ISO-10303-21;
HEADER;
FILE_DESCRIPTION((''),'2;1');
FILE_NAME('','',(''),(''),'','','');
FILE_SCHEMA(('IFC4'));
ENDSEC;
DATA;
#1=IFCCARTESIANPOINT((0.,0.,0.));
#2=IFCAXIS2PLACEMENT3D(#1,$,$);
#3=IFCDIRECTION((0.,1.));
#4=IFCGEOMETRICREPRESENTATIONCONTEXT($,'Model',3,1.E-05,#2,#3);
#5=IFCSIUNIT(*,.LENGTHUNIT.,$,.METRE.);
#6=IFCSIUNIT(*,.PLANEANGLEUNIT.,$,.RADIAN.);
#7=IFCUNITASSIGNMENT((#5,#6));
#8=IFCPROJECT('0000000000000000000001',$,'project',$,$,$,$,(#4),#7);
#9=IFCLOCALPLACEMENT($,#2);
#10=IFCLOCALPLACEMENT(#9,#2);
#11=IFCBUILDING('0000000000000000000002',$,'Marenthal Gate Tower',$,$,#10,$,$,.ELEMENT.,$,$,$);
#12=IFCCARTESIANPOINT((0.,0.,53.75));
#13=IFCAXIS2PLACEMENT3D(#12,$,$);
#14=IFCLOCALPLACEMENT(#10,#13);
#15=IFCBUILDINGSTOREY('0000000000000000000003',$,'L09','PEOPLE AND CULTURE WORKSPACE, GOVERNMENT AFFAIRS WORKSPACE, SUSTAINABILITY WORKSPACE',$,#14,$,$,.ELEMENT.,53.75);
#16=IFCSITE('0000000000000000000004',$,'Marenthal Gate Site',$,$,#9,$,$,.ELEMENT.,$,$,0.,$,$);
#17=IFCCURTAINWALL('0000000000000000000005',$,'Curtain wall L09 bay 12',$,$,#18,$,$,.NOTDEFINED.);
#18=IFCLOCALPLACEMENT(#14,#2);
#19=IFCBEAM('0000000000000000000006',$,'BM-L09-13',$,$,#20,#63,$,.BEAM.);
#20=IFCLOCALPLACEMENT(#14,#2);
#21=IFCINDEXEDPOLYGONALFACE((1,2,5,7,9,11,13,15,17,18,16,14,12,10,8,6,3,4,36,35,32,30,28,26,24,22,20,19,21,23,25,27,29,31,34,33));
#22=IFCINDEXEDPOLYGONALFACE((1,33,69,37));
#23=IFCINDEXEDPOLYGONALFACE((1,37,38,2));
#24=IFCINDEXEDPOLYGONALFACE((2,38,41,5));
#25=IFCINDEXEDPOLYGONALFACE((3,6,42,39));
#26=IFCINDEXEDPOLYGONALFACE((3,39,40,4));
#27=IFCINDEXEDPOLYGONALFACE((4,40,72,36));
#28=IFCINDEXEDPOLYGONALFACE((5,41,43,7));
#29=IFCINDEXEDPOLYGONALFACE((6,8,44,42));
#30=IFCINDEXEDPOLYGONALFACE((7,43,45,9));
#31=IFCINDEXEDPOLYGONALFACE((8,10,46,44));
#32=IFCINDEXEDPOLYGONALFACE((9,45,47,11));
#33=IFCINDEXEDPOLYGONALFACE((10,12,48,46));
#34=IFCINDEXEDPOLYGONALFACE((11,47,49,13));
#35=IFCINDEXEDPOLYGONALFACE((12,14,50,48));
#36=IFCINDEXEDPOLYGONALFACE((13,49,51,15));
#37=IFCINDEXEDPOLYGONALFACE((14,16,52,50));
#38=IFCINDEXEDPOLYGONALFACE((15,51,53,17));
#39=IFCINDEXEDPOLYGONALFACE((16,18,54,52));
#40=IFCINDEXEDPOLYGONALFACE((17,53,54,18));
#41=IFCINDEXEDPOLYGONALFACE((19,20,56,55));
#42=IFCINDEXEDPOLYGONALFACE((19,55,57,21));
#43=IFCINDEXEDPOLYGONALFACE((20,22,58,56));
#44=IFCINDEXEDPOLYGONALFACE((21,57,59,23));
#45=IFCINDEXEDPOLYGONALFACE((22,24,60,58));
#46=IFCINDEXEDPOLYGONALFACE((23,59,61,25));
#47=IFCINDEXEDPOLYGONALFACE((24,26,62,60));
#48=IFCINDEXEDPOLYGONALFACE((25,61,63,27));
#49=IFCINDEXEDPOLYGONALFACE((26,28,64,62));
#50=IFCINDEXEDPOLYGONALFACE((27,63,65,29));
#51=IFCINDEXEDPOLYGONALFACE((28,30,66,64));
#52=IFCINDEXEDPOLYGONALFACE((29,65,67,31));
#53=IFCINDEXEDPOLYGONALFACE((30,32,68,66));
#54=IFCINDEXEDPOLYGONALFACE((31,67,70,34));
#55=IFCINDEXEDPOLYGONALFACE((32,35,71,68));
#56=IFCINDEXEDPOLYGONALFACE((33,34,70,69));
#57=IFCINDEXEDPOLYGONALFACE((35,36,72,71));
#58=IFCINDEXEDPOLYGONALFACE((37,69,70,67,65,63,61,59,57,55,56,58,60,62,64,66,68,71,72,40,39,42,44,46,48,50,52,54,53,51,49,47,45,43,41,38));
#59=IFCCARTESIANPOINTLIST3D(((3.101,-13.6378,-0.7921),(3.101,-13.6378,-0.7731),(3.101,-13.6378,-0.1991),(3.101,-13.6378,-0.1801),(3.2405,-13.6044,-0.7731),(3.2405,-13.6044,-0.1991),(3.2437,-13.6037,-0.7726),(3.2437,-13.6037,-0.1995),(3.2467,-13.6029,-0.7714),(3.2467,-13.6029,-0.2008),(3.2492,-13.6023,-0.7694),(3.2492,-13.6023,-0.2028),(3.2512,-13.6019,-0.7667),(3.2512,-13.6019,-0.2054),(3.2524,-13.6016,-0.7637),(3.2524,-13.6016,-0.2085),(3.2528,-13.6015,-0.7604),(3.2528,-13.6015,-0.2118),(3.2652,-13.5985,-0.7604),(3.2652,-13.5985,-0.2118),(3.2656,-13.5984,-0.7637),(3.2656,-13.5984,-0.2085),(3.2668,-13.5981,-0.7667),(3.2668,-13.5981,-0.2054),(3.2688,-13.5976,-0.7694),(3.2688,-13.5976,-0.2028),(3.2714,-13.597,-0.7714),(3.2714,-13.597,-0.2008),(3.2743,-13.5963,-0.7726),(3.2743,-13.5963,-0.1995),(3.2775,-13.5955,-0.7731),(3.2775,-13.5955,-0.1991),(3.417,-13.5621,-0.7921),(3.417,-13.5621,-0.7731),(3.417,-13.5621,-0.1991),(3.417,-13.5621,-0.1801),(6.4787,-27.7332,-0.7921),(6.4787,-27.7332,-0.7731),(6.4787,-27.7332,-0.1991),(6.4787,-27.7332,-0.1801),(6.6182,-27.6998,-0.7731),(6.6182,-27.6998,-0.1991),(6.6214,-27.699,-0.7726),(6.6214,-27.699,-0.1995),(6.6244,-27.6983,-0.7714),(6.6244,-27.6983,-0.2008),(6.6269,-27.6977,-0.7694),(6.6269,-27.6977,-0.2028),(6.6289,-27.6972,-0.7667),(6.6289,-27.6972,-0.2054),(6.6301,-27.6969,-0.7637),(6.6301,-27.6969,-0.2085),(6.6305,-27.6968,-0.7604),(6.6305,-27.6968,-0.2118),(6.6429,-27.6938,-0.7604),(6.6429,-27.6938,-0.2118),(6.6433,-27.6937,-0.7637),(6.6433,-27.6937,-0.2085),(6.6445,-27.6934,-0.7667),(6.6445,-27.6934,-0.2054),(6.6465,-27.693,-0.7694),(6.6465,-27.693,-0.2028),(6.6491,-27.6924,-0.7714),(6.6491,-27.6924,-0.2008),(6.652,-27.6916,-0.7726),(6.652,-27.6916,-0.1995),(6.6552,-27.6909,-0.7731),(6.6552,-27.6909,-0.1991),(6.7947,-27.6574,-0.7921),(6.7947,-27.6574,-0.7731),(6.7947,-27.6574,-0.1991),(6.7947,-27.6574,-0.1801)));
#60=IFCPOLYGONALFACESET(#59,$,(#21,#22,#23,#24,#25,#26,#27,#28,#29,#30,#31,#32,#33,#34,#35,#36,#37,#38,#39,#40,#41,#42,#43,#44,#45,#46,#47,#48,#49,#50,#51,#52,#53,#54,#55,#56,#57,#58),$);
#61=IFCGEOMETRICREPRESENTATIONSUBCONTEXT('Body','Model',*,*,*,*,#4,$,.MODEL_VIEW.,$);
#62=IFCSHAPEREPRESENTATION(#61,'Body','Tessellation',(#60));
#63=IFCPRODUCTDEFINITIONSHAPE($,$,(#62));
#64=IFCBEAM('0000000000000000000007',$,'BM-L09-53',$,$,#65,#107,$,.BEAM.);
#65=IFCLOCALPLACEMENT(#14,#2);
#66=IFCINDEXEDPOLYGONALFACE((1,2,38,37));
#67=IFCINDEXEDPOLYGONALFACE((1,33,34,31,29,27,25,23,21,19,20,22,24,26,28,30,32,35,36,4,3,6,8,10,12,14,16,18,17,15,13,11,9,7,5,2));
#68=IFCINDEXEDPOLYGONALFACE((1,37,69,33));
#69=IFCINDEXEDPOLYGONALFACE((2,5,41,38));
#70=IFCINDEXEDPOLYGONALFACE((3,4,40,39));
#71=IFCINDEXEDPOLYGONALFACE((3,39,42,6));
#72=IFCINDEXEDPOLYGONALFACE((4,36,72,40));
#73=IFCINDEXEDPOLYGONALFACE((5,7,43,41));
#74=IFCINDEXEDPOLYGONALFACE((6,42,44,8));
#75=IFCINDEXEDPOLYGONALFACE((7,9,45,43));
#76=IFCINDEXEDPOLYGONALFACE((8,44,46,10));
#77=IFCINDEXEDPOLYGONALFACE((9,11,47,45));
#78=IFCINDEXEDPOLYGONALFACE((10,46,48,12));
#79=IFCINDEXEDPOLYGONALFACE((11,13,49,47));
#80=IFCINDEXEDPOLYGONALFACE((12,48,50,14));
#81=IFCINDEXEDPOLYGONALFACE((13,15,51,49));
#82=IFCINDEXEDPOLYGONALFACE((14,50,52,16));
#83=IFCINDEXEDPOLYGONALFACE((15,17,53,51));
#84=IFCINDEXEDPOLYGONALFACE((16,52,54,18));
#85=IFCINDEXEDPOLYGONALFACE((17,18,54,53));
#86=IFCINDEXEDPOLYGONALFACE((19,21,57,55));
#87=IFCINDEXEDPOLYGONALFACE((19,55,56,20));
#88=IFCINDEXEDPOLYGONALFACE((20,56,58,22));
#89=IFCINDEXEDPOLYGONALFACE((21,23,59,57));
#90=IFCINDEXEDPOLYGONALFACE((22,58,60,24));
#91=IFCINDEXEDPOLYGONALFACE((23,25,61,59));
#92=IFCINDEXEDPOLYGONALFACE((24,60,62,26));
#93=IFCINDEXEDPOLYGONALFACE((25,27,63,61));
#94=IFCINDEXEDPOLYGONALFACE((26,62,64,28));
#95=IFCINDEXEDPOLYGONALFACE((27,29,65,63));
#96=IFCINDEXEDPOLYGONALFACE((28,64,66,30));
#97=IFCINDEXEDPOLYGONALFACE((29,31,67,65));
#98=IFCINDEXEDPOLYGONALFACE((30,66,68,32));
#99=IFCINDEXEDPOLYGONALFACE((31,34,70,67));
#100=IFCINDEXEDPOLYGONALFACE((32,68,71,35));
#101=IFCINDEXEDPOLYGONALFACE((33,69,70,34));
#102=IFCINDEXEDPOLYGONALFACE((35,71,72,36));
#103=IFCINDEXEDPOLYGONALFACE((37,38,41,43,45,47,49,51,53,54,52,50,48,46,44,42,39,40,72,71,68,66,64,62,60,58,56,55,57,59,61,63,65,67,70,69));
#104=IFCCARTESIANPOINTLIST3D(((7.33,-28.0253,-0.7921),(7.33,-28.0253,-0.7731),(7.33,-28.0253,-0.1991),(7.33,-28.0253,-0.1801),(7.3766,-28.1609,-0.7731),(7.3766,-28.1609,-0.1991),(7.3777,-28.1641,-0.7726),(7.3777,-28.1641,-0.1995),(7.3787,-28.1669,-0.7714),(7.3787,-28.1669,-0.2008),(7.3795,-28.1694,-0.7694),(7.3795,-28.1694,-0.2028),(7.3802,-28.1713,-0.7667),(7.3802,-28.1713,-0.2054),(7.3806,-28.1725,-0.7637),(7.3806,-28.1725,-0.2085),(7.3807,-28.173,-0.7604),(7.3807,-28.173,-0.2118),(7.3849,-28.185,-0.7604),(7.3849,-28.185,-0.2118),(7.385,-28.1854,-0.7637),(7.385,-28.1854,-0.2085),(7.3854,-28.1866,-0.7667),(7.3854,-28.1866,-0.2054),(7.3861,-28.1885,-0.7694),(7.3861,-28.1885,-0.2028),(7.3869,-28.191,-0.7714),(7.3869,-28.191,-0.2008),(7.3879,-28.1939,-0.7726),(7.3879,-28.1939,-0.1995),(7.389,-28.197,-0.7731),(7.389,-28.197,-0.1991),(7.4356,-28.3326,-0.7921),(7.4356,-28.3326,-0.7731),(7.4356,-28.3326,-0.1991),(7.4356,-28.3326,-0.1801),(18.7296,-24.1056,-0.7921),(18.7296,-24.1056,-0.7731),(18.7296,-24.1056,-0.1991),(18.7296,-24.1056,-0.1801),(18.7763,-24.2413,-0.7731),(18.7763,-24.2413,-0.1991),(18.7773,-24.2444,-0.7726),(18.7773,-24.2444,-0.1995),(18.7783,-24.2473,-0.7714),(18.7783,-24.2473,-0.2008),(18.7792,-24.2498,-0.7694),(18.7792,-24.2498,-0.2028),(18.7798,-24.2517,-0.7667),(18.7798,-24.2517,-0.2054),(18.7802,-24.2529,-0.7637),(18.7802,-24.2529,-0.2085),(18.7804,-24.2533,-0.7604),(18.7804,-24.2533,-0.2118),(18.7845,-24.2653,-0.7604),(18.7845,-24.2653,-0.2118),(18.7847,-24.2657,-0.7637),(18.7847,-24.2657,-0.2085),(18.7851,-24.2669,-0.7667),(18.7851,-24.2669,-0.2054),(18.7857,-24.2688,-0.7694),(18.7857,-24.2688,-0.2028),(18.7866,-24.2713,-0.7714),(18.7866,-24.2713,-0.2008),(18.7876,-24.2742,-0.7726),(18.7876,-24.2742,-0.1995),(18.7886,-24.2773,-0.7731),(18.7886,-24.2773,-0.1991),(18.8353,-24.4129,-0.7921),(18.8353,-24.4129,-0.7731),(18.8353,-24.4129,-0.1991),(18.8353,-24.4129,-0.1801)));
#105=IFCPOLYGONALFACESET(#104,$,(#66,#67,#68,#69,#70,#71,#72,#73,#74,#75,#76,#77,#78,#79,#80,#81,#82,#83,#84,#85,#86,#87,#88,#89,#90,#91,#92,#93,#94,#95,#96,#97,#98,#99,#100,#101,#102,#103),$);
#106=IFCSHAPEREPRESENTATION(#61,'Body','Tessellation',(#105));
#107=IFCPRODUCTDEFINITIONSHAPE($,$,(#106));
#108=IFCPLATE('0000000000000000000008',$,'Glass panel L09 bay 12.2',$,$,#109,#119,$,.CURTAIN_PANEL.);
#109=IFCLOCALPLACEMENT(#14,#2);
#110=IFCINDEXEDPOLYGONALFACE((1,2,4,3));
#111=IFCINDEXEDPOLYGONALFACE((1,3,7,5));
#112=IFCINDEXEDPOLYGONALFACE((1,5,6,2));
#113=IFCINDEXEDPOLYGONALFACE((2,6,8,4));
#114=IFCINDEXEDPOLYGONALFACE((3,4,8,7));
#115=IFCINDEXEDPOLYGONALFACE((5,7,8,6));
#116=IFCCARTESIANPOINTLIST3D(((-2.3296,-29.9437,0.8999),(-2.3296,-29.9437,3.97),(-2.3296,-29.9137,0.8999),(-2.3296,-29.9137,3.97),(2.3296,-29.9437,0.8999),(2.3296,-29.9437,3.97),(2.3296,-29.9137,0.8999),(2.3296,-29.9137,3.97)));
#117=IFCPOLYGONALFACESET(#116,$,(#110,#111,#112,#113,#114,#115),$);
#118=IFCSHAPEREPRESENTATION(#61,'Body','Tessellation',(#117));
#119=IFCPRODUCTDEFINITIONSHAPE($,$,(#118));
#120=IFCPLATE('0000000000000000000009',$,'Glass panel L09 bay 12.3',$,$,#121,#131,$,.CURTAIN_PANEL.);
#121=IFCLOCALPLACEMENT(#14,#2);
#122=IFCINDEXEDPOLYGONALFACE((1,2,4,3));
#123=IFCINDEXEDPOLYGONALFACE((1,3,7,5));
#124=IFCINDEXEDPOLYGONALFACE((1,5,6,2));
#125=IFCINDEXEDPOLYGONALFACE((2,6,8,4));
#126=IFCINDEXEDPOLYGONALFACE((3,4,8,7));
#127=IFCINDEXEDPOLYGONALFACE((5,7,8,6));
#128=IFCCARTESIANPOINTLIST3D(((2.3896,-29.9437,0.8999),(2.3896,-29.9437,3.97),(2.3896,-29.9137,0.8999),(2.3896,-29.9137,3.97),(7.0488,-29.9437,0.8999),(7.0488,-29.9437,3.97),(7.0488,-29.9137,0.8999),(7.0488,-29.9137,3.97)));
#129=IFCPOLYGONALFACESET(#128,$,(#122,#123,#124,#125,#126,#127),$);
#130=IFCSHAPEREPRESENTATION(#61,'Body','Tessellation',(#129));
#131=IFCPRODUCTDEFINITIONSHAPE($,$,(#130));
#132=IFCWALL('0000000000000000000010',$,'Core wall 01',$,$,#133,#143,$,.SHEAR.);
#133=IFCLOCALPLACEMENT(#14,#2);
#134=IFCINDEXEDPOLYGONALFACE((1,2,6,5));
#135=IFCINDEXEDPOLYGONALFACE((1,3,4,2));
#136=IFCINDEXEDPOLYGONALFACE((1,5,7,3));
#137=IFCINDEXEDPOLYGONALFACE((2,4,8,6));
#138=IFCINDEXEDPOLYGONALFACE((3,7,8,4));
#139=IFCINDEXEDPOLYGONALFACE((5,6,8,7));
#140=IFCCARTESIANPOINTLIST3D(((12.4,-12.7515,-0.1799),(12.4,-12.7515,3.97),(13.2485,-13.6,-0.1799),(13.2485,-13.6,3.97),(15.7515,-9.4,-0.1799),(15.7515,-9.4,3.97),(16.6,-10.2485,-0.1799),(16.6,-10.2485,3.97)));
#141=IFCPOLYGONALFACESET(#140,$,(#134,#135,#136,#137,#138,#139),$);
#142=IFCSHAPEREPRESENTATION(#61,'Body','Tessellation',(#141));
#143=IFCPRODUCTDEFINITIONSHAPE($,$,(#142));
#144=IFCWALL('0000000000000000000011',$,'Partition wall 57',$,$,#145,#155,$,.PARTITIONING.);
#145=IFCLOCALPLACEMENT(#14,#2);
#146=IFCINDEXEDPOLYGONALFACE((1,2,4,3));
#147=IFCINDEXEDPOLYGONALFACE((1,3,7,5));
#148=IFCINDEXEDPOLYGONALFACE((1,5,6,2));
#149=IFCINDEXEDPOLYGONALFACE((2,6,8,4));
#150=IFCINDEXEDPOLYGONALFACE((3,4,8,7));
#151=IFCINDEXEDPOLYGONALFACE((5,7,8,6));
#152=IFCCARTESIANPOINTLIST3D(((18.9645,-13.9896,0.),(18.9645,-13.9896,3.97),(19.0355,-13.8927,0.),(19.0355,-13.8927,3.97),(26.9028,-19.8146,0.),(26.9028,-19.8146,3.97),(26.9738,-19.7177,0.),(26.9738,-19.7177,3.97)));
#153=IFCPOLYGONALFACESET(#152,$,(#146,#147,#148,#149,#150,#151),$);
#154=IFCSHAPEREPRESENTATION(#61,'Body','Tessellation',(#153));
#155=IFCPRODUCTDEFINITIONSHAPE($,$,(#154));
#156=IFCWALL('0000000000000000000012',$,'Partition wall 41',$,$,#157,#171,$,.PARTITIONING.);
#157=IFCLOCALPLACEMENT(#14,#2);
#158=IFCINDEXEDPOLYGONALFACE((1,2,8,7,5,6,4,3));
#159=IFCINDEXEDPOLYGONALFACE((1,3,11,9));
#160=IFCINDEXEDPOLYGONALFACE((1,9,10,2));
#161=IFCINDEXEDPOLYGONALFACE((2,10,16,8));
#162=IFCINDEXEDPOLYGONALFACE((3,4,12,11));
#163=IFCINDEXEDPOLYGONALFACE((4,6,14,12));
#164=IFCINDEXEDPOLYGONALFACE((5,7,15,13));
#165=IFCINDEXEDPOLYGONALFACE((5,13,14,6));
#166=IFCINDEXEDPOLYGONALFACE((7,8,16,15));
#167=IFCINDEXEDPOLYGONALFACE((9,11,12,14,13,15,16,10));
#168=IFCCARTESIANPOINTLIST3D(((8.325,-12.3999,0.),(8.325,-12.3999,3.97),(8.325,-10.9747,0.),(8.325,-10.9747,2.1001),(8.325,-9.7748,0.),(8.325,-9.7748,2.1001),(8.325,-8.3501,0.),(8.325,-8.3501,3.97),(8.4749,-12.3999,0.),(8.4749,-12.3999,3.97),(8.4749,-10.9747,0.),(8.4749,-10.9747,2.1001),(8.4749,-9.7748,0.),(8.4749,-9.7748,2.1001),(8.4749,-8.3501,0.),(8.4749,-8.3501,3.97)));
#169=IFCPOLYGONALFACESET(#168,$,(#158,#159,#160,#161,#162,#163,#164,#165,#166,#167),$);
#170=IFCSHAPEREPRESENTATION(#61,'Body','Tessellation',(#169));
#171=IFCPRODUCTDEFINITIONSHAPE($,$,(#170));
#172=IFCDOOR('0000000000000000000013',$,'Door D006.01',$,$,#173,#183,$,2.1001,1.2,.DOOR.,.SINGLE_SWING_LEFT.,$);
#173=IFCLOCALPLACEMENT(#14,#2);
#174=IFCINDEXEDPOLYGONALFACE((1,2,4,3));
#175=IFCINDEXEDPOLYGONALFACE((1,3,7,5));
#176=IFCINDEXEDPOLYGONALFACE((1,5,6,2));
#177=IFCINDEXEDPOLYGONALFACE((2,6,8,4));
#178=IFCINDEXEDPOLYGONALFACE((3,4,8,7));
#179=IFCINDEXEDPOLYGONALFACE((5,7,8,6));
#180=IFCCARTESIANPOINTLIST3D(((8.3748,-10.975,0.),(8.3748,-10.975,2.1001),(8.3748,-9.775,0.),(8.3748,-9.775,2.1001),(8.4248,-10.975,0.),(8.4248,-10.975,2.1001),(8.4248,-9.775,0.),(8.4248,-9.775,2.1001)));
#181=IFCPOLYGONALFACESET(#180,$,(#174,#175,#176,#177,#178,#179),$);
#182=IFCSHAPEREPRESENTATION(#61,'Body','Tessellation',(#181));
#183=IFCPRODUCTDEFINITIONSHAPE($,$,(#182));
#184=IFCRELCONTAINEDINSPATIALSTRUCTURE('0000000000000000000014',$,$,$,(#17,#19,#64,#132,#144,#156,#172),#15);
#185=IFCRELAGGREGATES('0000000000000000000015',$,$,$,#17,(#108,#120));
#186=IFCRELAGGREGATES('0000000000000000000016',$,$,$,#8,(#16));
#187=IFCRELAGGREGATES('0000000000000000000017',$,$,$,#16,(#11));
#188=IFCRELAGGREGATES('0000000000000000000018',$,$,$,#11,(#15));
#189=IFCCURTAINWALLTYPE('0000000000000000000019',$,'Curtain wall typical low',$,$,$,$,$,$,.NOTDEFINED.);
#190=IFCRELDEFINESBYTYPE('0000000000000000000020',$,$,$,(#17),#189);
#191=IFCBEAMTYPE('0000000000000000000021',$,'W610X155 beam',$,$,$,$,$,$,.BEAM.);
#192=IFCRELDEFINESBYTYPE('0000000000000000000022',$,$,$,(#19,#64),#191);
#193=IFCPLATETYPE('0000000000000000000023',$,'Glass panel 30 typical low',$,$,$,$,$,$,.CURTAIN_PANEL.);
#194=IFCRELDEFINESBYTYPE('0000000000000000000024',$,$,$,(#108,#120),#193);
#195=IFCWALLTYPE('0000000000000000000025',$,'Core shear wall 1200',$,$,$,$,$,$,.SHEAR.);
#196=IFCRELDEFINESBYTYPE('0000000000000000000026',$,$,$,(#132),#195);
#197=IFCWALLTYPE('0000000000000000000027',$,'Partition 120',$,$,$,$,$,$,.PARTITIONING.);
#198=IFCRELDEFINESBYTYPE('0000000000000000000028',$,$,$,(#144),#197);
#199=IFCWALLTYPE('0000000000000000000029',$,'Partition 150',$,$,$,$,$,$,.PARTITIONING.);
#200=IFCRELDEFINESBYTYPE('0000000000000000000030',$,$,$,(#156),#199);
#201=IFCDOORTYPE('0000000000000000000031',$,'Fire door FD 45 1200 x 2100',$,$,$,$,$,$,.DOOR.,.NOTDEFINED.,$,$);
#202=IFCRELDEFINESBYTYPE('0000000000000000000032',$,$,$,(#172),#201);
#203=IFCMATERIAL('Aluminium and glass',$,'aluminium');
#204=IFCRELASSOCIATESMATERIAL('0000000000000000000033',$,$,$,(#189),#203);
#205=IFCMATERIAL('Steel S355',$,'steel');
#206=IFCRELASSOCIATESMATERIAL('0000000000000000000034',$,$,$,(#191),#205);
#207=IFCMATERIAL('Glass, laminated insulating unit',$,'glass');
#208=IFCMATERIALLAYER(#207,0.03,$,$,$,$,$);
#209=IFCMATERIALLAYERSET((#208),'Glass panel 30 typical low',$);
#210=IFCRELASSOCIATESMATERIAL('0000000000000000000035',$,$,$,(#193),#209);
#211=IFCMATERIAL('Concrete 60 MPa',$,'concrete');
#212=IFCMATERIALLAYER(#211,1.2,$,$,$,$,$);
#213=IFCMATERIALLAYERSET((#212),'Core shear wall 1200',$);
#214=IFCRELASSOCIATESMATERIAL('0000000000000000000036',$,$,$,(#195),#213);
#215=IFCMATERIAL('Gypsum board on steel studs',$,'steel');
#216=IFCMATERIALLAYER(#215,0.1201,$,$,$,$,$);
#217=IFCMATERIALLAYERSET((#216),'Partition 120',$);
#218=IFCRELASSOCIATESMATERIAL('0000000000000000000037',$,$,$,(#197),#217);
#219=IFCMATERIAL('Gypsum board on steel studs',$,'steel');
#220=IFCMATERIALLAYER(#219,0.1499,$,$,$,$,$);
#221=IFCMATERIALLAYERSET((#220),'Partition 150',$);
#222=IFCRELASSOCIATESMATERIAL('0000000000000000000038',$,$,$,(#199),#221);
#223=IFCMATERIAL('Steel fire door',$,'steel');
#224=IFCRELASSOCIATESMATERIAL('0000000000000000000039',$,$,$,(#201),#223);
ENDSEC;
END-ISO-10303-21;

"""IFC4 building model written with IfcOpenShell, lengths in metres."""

from ifc_helpers import new_model, si_unit, direction, frame, frame_2d, origin, origin_2d, place, context, subcontext, project, spatial, rectangle, i_section, extrude, material, layer, layer_set, material_profile, profile_set, type_object, element, fill, aggregate, save


model = new_model("IFC4")

# Units and contexts
model_context = context("Model", 3, precision=1e-05, world=origin(), true_north=direction((0.0, 1.0)))
body_context = subcontext(model_context, "Body", "Model", "MODEL_VIEW")
ifc_project = project(units=[si_unit("LENGTHUNIT", "METRE"), si_unit("PLANEANGLEUNIT", "RADIAN")], contexts=[model_context])

# Site, building, storey
site_placement = place(None, origin())
site = spatial("IfcSite", under=ifc_project, at=site_placement, Name="Marenthal Gate Site", CompositionType="ELEMENT", RefElevation=0.0)
building_placement = place(site_placement, origin())
building = spatial("IfcBuilding", under=site, at=building_placement, Name="Marenthal Gate Tower", CompositionType="ELEMENT")
storey_placement = place(building_placement, frame((0.0, 0.0, 53.75)))
storey = spatial("IfcBuildingStorey", under=building, at=storey_placement, Name="L09", Description="PEOPLE AND CULTURE WORKSPACE, GOVERNMENT AFFAIRS WORKSPACE, SUSTAINABILITY WORKSPACE", CompositionType="ELEMENT", Elevation=53.75)

# Curtain wall
ifc_material_1 = material(Name="Aluminium and glass", Category="aluminium")
curtain_wall_type = type_object("IfcCurtainWallType", Name="Curtain wall typical low", PredefinedType="NOTDEFINED", material=ifc_material_1)
curtain_wall_placement = place(storey_placement, origin())
curtain_wall = element("IfcCurtainWall", 1, at=curtain_wall_placement, inside=storey, type_object=curtain_wall_type, Name="Curtain wall L09 bay 12", PredefinedType="NOTDEFINED")

# Beams
ifc_material_2 = material(Name="Steel S355", Category="steel")
ifc_material_profile_1 = material_profile(ifc_material_2, i_section(OverallWidth=0.325, OverallDepth=0.6121, WebThickness=0.0127, FlangeThickness=0.019, FilletRadius=0.0127, at=origin_2d()), Name="W610X155")
ifc_profile_set_1 = profile_set([ifc_material_profile_1], Name="Steel S355")
beam_type_1 = type_object("IfcBeamType", Name="W610X155 beam", PredefinedType="BEAM", material=ifc_profile_set_1)
beam_1_placement = place(storey_placement, frame((6.6367, -27.6953, -0.4861), z_axis=(-0.233036, 0.972468, 0.0), x_axis=(-0.972468, -0.233036, 0.0)))
element("IfcBeam", 2, at=beam_1_placement, inside=storey, type_object=beam_type_1, Name="BM-L09-13", PredefinedType="BEAM", context=body_context, shape_type="SweptSolid", body=[
    extrude(i_section(OverallWidth=0.325, OverallDepth=0.6121, WebThickness=0.0127, FlangeThickness=0.019, FilletRadius=0.0127, at=origin_2d()), origin(), (0.0, 0.0, 1.0), 14.4944),
])
beam_2_placement = place(storey_placement, frame((7.3828, -28.179, -0.4861), z_axis=(0.94566, 0.325157, 0.0), x_axis=(-0.325157, 0.94566, 0.0)))
element("IfcBeam", 3, at=beam_2_placement, inside=storey, type_object=beam_type_1, Name="BM-L09-53", PredefinedType="BEAM", context=body_context, shape_type="SweptSolid", body=[
    extrude(i_section(OverallWidth=0.325, OverallDepth=0.6121, WebThickness=0.0127, FlangeThickness=0.019, FilletRadius=0.0127, at=origin_2d()), origin(), (0.0, 0.0, 1.0), 12.0547),
])

# Plates
ifc_material_3 = material(Name="Glass, laminated insulating unit", Category="glass")
ifc_layer_1 = layer(ifc_material_3, 0.03)
ifc_layer_set_1 = layer_set([ifc_layer_1], Name="Glass panel 30 typical low")
plate_type = type_object("IfcPlateType", Name="Glass panel 30 typical low", PredefinedType="CURTAIN_PANEL", material=ifc_layer_set_1)
plate_1_placement = place(storey_placement, frame((0.0, -29.9287, 0.8999), z_axis=(0.0, 0.0, 1.0), x_axis=(1.0, 0.0, 0.0)))
plate_1 = element("IfcPlate", 4, at=plate_1_placement, type_object=plate_type, Name="Glass panel L09 bay 12.2", PredefinedType="CURTAIN_PANEL", context=body_context, shape_type="SweptSolid", body=[
    extrude(rectangle(XDim=4.6592, YDim=0.03, at=origin_2d()), origin(), (0.0, 0.0, 1.0), 3.0701),
])
plate_2_placement = place(storey_placement, frame((4.7192, -29.9287, 0.8999), z_axis=(0.0, 0.0, 1.0), x_axis=(1.0, 0.0, 0.0)))
plate_2 = element("IfcPlate", 5, at=plate_2_placement, type_object=plate_type, Name="Glass panel L09 bay 12.3", PredefinedType="CURTAIN_PANEL", context=body_context, shape_type="SweptSolid", body=[
    extrude(rectangle(XDim=4.6592, YDim=0.03, at=origin_2d()), origin(), (0.0, 0.0, 1.0), 3.0701),
])
aggregate(curtain_wall, [plate_1, plate_2])

# Walls
ifc_material_4 = material(Name="Concrete 60 MPa", Category="concrete")
ifc_layer_2 = layer(ifc_material_4, 1.2)
ifc_layer_set_2 = layer_set([ifc_layer_2], Name="Core shear wall 1200")
wall_type_1 = type_object("IfcWallType", Name="Core shear wall 1200", PredefinedType="SHEAR", material=ifc_layer_set_2)
wall_1_placement = place(storey_placement, frame((12.8242, -13.1758, -0.1799), z_axis=(0.0, 0.0, 1.0), x_axis=(0.707107, 0.707107, 0.0)))
element("IfcWall", 6, at=wall_1_placement, inside=storey, type_object=wall_type_1, Name="Core wall 01", PredefinedType="SHEAR", context=body_context, shape_type="SweptSolid", body=[
    extrude(rectangle(XDim=4.7397, YDim=1.2, at=frame_2d((2.3699, 0.0))), origin(), (0.0, 0.0, 1.0), 4.1499),
])
ifc_material_5 = material(Name="Gypsum board on steel studs", Category="steel")
ifc_layer_3 = layer(ifc_material_5, 0.1201)
ifc_layer_set_3 = layer_set([ifc_layer_3], Name="Partition 120")
wall_type_2 = type_object("IfcWallType", Name="Partition 120", PredefinedType="PARTITIONING", material=ifc_layer_set_3)
wall_2_placement = place(storey_placement, frame((19.0, -13.9412, 0.0), z_axis=(0.0, 0.0, 1.0), x_axis=(0.806232, -0.5916, 0.0)))
element("IfcWall", 7, at=wall_2_placement, inside=storey, type_object=wall_type_2, Name="Partition wall 57", PredefinedType="PARTITIONING", context=body_context, shape_type="SweptSolid", body=[
    extrude(rectangle(XDim=9.8462, YDim=0.1201, at=frame_2d((4.9231, 0.0))), origin(), (0.0, 0.0, 1.0), 3.97),
])

# Wall, opening, door
ifc_material_6 = material(Name="Gypsum board on steel studs", Category="steel")
ifc_layer_4 = layer(ifc_material_6, 0.1499)
ifc_layer_set_4 = layer_set([ifc_layer_4], Name="Partition 150")
wall_type_3 = type_object("IfcWallType", Name="Partition 150", PredefinedType="PARTITIONING", material=ifc_layer_set_4)
wall_3_placement = place(storey_placement, frame((8.3999, -12.3999, 0.0), z_axis=(0.0, 0.0, 1.0), x_axis=(0.0, 1.0, 0.0)))
wall_3 = element("IfcWall", 8, at=wall_3_placement, inside=storey, type_object=wall_type_3, Name="Partition wall 41", PredefinedType="PARTITIONING", context=body_context, shape_type="SweptSolid", body=[
    extrude(rectangle(XDim=4.0498, YDim=0.1499, at=frame_2d((2.0249, 0.0))), origin(), (0.0, 0.0, 1.0), 3.97),
])
opening_1_placement = place(wall_3_placement, frame((1.425, 0.0, 0.0)))
opening_1 = element("IfcOpeningElement", 9, at=opening_1_placement, cuts=wall_3, PredefinedType="OPENING", context=body_context, shape_type="SweptSolid", body=[
    extrude(rectangle(XDim=1.2, YDim=2.1001, at=frame_2d((0.6001, 1.05))), frame((0.0, 0.085, 0.0), z_axis=(0.0, -1.0, 0.0), x_axis=(1.0, 0.0, 0.0)), (0.0, 0.0, 1.0), 0.1699),
])
ifc_material_7 = material(Name="Steel fire door", Category="steel")
door_type_1 = type_object("IfcDoorType", Name="Fire door FD 45 1200 x 2100", OperationType="NOTDEFINED", PredefinedType="DOOR", material=ifc_material_7)
door_1_placement = place(opening_1_placement, frame((1.2, 0.0, 0.0), z_axis=(0.0, 0.0, 1.0), x_axis=(-1.0, 0.0, 0.0)))
door_1 = element("IfcDoor", 10, at=door_1_placement, inside=storey, type_object=door_type_1, Name="Door D006.01", OperationType="SINGLE_SWING_LEFT", OverallHeight=2.1001, OverallWidth=1.2, PredefinedType="DOOR", context=body_context, shape_type="SweptSolid", body=[
    extrude(rectangle(XDim=1.2, YDim=2.1001, at=frame_2d((0.6001, 1.05))), frame((0.0, 0.0249, 0.0), z_axis=(0.0, -1.0, 0.0), x_axis=(1.0, 0.0, 0.0)), (0.0, 0.0, 1.0), 0.05),
])
fill(opening_1, door_1)

save(model, "model.ifc")
